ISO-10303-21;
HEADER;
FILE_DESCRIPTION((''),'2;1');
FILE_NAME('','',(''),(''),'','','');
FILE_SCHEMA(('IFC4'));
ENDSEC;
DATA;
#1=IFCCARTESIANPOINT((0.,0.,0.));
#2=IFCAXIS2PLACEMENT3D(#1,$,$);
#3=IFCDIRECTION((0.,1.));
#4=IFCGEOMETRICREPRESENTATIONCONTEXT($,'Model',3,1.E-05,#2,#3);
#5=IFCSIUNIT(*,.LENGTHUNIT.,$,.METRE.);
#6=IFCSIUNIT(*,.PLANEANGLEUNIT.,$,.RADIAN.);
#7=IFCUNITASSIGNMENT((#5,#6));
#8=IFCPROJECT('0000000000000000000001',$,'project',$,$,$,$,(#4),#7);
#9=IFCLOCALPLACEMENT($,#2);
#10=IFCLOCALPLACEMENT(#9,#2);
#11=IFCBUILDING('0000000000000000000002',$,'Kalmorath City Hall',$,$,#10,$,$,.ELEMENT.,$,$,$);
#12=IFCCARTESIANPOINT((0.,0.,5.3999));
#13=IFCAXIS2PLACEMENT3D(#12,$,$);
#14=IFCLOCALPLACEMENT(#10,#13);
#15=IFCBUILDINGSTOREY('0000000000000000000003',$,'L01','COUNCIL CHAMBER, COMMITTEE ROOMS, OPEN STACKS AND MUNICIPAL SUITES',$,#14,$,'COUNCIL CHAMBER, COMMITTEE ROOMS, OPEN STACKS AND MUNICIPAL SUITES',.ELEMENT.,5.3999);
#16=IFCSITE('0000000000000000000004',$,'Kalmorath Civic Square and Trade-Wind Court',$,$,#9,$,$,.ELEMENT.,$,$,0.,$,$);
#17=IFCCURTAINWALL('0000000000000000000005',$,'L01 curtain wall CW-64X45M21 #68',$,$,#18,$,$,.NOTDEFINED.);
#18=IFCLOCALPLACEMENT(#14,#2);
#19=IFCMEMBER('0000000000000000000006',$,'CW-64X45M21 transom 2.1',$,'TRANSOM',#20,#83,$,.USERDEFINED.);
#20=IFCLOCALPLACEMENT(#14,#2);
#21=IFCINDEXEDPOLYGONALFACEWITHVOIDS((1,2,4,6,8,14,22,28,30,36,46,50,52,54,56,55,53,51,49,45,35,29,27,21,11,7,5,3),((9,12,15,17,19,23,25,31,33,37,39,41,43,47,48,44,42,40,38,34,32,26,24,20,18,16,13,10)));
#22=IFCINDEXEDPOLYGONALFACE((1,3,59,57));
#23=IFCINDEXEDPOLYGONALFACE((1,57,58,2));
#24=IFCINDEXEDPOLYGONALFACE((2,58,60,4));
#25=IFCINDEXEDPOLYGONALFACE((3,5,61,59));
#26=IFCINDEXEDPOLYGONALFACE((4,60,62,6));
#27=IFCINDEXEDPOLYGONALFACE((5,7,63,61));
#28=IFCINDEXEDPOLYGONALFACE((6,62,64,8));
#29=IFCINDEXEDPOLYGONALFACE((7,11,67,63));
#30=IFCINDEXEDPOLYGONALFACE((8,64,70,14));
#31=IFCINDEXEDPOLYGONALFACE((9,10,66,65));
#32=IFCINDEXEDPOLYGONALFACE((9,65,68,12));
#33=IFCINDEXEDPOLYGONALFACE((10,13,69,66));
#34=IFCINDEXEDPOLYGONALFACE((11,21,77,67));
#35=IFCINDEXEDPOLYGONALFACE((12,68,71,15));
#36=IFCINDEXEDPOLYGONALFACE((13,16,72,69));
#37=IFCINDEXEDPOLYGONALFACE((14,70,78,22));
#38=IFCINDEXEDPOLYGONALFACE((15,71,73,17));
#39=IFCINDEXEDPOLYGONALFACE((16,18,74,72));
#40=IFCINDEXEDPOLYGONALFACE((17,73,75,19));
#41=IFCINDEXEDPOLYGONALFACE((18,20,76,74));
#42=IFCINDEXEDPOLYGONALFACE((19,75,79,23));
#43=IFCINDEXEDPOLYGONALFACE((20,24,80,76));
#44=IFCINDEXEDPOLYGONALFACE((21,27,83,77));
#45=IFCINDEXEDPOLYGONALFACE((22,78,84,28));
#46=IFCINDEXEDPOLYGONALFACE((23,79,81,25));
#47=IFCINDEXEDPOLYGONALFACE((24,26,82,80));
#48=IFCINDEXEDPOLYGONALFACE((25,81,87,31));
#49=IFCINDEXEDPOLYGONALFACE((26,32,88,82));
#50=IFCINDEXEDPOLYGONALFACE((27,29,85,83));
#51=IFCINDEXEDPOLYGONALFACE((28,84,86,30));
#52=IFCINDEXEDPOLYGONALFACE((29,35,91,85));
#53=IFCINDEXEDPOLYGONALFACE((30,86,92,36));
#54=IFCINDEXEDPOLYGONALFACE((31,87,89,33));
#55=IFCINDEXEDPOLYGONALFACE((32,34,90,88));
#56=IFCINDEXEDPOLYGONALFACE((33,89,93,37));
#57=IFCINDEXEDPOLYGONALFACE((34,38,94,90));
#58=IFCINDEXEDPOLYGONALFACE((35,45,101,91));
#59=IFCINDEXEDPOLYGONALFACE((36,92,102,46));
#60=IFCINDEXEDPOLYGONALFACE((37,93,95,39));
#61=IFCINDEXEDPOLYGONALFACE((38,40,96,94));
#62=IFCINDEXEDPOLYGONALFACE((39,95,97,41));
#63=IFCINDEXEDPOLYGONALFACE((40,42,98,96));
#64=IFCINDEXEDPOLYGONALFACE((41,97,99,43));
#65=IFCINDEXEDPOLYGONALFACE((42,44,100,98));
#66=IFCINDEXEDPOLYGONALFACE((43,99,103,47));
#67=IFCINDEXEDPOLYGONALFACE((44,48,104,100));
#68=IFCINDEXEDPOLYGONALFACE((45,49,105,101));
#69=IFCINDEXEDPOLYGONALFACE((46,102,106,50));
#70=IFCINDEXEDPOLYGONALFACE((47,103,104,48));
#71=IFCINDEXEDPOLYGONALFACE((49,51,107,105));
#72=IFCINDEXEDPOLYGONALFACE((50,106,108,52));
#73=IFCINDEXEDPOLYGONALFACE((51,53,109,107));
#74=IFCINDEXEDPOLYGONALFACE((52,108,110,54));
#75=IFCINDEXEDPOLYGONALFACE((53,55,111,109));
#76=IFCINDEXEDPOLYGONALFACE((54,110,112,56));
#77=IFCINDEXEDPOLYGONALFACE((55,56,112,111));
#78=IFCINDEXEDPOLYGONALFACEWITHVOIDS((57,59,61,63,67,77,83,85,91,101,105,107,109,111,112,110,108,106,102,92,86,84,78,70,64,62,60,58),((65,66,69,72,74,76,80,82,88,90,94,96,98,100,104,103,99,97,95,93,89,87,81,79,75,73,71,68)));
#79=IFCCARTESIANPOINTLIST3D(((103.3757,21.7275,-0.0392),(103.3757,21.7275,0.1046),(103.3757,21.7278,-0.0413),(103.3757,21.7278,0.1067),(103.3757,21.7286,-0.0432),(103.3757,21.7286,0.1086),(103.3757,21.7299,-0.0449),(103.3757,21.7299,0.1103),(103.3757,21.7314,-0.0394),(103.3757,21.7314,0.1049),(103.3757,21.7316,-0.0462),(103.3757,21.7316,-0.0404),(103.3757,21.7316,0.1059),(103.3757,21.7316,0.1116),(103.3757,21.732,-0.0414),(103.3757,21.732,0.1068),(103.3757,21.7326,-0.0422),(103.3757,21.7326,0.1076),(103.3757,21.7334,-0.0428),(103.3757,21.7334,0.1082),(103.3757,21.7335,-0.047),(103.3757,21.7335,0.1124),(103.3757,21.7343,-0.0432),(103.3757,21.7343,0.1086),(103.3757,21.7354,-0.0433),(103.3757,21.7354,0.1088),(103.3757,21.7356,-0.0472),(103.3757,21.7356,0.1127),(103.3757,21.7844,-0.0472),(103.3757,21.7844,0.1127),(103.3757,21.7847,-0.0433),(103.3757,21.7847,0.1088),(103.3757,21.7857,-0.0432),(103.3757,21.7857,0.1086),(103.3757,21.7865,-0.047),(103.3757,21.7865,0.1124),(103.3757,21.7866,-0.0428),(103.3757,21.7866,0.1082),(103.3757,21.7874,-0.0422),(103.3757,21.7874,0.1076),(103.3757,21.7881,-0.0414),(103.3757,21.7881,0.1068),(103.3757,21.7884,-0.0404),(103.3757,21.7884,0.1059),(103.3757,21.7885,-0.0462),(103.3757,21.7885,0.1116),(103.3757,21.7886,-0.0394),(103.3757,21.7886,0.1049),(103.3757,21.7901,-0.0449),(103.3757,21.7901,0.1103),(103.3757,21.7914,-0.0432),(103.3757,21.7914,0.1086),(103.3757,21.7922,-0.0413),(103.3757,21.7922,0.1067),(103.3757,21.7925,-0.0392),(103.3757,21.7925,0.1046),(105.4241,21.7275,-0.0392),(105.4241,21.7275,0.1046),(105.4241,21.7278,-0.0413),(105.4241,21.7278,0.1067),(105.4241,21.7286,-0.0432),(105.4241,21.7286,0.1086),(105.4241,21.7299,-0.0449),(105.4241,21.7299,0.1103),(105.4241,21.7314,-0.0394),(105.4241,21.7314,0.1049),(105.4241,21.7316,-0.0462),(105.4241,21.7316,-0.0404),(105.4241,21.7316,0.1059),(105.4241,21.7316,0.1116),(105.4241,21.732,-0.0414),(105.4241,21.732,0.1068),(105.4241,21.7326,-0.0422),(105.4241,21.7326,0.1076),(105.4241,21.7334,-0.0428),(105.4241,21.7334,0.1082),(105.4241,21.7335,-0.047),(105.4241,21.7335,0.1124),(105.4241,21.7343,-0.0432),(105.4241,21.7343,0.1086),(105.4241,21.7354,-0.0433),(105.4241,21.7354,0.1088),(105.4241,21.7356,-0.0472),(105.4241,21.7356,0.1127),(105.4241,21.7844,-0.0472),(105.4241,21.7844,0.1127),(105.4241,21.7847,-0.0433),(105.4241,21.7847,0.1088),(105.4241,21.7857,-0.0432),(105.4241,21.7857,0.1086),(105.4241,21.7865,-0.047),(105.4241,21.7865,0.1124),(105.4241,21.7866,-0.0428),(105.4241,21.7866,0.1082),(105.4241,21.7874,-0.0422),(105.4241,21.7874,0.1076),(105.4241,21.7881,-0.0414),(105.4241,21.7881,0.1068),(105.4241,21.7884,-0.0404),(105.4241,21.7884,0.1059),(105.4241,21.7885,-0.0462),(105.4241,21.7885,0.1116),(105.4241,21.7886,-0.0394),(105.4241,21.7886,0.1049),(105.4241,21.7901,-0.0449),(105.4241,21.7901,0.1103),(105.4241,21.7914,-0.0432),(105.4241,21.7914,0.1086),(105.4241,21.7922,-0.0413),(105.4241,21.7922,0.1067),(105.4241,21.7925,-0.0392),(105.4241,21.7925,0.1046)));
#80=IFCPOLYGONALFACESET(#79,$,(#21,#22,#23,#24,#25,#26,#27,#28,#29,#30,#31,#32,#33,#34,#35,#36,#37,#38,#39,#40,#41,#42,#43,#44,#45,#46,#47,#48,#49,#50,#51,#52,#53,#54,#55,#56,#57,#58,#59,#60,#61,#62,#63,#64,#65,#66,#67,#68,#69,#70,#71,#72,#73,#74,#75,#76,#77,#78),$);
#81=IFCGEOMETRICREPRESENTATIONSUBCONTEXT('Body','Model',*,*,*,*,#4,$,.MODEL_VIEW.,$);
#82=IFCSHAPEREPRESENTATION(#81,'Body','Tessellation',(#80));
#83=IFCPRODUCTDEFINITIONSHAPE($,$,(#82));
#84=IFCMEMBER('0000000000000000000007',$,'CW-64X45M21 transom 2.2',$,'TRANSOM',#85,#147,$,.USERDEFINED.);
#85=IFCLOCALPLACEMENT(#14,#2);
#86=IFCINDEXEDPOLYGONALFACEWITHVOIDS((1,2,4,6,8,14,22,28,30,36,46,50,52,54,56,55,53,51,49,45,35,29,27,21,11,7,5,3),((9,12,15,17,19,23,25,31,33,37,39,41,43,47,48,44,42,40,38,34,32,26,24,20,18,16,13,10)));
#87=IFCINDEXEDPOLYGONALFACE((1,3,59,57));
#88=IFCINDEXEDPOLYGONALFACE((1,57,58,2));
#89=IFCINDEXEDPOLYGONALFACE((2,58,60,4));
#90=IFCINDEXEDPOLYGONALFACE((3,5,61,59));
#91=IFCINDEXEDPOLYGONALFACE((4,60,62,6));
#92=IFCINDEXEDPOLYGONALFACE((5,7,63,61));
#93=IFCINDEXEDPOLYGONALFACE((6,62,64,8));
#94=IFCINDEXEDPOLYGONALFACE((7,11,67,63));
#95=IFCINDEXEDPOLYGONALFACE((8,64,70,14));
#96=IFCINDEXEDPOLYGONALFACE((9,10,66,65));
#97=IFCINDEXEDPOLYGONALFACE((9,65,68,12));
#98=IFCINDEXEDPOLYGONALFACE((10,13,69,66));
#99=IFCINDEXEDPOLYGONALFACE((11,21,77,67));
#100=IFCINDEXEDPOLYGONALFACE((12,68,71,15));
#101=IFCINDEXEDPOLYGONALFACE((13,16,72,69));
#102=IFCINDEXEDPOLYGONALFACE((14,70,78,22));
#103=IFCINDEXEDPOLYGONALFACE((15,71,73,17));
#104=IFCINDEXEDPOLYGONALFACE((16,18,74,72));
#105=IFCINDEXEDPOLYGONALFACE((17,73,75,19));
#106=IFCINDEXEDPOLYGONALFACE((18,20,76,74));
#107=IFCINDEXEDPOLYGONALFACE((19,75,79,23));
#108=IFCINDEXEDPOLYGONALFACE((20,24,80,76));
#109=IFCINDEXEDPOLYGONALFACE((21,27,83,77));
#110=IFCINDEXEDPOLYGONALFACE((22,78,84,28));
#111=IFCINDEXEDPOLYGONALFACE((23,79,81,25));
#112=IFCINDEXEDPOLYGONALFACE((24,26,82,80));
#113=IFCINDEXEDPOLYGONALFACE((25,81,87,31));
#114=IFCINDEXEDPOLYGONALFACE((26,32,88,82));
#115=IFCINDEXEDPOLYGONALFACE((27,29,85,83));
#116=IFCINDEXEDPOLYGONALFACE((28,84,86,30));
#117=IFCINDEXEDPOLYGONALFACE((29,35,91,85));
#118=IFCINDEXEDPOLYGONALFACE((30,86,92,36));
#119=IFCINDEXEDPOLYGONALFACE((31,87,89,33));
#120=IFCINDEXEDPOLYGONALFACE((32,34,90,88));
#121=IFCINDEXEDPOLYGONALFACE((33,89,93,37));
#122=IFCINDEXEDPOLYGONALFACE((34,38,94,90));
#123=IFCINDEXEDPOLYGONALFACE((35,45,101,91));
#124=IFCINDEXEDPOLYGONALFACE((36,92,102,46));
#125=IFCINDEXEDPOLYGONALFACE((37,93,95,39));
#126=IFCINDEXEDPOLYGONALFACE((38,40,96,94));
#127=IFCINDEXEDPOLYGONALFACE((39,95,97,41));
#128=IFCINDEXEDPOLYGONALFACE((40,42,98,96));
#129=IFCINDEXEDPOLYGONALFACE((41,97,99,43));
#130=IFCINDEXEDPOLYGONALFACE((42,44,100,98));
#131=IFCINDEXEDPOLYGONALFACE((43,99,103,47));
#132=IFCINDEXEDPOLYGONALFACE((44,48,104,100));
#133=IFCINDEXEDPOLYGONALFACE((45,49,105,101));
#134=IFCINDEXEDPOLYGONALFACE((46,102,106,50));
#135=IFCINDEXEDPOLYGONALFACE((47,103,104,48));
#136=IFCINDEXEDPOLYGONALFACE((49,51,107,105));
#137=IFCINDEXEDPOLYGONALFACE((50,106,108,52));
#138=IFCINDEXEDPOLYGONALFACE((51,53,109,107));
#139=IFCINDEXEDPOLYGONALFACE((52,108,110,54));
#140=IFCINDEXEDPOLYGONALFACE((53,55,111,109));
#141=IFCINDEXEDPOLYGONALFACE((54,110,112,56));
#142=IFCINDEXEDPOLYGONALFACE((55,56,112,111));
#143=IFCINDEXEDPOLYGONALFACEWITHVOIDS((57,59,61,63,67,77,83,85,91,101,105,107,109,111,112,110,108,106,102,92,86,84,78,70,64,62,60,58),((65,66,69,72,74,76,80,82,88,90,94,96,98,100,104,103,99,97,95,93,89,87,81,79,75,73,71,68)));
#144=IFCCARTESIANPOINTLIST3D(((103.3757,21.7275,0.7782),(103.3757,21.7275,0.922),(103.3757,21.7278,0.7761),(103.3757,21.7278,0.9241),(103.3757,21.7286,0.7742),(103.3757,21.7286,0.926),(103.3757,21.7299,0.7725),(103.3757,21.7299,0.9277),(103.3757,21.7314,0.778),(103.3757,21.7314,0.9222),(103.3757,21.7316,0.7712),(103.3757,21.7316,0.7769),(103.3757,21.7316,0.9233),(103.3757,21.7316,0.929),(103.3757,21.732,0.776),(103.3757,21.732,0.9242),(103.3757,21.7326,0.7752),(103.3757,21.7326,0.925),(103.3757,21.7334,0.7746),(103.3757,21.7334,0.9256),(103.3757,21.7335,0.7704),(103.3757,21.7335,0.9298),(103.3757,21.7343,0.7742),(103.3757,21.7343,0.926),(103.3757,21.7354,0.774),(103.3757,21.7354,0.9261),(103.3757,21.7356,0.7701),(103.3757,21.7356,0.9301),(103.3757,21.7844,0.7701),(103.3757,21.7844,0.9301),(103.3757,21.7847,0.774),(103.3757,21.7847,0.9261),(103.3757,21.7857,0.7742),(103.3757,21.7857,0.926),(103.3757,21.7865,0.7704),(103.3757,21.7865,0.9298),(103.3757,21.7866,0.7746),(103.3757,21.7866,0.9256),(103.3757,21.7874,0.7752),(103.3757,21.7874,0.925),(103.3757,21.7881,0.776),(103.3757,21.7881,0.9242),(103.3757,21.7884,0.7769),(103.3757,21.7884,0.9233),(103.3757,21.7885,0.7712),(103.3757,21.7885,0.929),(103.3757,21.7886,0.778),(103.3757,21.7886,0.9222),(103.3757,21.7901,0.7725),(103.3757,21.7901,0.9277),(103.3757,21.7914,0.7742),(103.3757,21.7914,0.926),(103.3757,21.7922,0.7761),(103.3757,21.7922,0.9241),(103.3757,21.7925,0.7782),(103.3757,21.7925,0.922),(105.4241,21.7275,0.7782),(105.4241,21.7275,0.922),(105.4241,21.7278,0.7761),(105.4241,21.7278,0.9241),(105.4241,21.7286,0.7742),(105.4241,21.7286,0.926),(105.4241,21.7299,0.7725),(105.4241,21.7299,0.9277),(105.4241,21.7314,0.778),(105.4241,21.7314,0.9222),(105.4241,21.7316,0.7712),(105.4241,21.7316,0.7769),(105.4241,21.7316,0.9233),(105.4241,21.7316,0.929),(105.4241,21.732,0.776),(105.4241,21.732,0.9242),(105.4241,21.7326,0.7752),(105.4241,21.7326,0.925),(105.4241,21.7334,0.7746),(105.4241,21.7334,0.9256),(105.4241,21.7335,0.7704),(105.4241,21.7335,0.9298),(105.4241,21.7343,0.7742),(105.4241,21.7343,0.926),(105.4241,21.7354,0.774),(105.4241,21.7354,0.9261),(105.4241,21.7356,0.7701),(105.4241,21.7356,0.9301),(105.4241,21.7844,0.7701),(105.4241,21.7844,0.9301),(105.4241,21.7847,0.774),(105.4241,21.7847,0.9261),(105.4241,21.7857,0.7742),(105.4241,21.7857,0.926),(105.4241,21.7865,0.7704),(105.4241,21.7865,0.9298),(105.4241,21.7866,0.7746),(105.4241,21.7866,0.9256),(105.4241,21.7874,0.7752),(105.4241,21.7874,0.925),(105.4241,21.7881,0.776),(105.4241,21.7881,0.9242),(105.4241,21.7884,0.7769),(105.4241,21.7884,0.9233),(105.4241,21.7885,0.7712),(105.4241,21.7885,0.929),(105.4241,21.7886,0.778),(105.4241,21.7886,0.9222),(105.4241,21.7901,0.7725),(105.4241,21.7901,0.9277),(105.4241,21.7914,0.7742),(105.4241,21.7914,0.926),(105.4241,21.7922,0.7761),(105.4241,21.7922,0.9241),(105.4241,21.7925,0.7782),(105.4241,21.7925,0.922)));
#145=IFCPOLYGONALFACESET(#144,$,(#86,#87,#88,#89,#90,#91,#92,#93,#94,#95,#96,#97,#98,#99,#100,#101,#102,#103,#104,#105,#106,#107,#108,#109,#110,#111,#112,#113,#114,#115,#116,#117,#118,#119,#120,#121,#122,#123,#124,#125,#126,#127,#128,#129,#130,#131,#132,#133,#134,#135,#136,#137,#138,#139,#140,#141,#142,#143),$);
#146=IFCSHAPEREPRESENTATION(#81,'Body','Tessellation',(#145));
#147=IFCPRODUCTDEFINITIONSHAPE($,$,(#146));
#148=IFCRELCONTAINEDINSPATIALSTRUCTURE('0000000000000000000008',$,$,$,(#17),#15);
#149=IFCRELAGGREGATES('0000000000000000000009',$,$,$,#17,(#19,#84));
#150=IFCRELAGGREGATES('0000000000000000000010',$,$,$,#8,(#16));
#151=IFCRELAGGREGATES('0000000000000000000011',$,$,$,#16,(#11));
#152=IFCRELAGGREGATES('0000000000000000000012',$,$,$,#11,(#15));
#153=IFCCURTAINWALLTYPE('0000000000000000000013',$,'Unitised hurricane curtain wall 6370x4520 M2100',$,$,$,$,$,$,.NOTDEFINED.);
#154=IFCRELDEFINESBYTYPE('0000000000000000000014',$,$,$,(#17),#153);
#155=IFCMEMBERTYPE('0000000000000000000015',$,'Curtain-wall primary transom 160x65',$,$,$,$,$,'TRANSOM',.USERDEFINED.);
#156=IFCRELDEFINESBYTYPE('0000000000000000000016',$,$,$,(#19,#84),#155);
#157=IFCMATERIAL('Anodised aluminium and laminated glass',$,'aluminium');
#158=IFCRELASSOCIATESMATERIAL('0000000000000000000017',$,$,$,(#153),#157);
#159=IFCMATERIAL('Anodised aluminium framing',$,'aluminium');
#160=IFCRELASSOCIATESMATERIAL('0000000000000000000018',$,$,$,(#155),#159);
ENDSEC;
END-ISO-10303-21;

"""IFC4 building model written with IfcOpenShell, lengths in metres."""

from ifc_helpers import new_model, si_unit, direction, frame, origin, origin_2d, place, context, subcontext, project, spatial, hollow_rectangle, extrude, material, material_profile, profile_set, type_object, element, aggregate, save


model = new_model("IFC4")

# Units and contexts
model_context = context("Model", 3, precision=1e-05, world=origin(), true_north=direction((0.0, 1.0)))
body_context = subcontext(model_context, "Body", "Model", "MODEL_VIEW")
ifc_project = project(units=[si_unit("LENGTHUNIT", "METRE"), si_unit("PLANEANGLEUNIT", "RADIAN")], contexts=[model_context])

# Site, building, storey
site_placement = place(None, origin())
site = spatial("IfcSite", under=ifc_project, at=site_placement, Name="Kalmorath Civic Square and Trade-Wind Court", CompositionType="ELEMENT", RefElevation=0.0)
building_placement = place(site_placement, origin())
building = spatial("IfcBuilding", under=site, at=building_placement, Name="Kalmorath City Hall", CompositionType="ELEMENT")
storey_placement = place(building_placement, frame((0.0, 0.0, 5.3999)))
storey = spatial("IfcBuildingStorey", under=building, at=storey_placement, Name="L01", Description="COUNCIL CHAMBER, COMMITTEE ROOMS, OPEN STACKS AND MUNICIPAL SUITES", LongName="COUNCIL CHAMBER, COMMITTEE ROOMS, OPEN STACKS AND MUNICIPAL SUITES", CompositionType="ELEMENT", Elevation=5.3999)

# Curtain wall
ifc_material_1 = material(Name="Anodised aluminium and laminated glass", Category="aluminium")
curtain_wall_type_1 = type_object("IfcCurtainWallType", Name="Unitised hurricane curtain wall 6370x4520 M2100", PredefinedType="NOTDEFINED", material=ifc_material_1)
curtain_wall_1_placement = place(storey_placement, origin())
curtain_wall_1 = element("IfcCurtainWall", 1, at=curtain_wall_1_placement, inside=storey, type_object=curtain_wall_type_1, Name="L01 curtain wall CW-64X45M21 #68", PredefinedType="NOTDEFINED")

# Members
ifc_material_2 = material(Name="Anodised aluminium framing", Category="aluminium")
ifc_material_profile_1 = material_profile(ifc_material_2, hollow_rectangle(XDim=0.0649, YDim=0.1599, WallThickness=0.0039, InnerFilletRadius=0.0039, OuterFilletRadius=0.0081, at=origin_2d()), Name="ALU-TRN-160X65X4")
ifc_profile_set_1 = profile_set([ifc_material_profile_1], Name="Anodised aluminium framing")
member_type_1 = type_object("IfcMemberType", Name="Curtain-wall primary transom 160x65", ElementType="TRANSOM", PredefinedType="USERDEFINED", material=ifc_profile_set_1)
member_1_placement = place(storey_placement, frame((105.4241, 21.76, 0.0327), z_axis=(-1.0, 0.0, 0.0), x_axis=(0.0, -1.0, 0.0)))
member_1 = element("IfcMember", 2, at=member_1_placement, type_object=member_type_1, Name="CW-64X45M21 transom 2.1", ObjectType="TRANSOM", PredefinedType="USERDEFINED", context=body_context, shape_type="SweptSolid", body=[
    extrude(hollow_rectangle(XDim=0.0649, YDim=0.1599, WallThickness=0.0039, InnerFilletRadius=0.0039, OuterFilletRadius=0.0081, at=origin_2d()), origin(), (0.0, 0.0, 1.0), 2.0483),
])
member_2_placement = place(storey_placement, frame((105.4241, 21.76, 0.8501), z_axis=(-1.0, 0.0, 0.0), x_axis=(0.0, -1.0, 0.0)))
member_2 = element("IfcMember", 3, at=member_2_placement, type_object=member_type_1, Name="CW-64X45M21 transom 2.2", ObjectType="TRANSOM", PredefinedType="USERDEFINED", context=body_context, shape_type="SweptSolid", body=[
    extrude(hollow_rectangle(XDim=0.0649, YDim=0.1599, WallThickness=0.0039, InnerFilletRadius=0.0039, OuterFilletRadius=0.0081, at=origin_2d()), origin(), (0.0, 0.0, 1.0), 2.0483),
])

aggregate(curtain_wall_1, [member_1, member_2])

save(model, "model.ifc")
